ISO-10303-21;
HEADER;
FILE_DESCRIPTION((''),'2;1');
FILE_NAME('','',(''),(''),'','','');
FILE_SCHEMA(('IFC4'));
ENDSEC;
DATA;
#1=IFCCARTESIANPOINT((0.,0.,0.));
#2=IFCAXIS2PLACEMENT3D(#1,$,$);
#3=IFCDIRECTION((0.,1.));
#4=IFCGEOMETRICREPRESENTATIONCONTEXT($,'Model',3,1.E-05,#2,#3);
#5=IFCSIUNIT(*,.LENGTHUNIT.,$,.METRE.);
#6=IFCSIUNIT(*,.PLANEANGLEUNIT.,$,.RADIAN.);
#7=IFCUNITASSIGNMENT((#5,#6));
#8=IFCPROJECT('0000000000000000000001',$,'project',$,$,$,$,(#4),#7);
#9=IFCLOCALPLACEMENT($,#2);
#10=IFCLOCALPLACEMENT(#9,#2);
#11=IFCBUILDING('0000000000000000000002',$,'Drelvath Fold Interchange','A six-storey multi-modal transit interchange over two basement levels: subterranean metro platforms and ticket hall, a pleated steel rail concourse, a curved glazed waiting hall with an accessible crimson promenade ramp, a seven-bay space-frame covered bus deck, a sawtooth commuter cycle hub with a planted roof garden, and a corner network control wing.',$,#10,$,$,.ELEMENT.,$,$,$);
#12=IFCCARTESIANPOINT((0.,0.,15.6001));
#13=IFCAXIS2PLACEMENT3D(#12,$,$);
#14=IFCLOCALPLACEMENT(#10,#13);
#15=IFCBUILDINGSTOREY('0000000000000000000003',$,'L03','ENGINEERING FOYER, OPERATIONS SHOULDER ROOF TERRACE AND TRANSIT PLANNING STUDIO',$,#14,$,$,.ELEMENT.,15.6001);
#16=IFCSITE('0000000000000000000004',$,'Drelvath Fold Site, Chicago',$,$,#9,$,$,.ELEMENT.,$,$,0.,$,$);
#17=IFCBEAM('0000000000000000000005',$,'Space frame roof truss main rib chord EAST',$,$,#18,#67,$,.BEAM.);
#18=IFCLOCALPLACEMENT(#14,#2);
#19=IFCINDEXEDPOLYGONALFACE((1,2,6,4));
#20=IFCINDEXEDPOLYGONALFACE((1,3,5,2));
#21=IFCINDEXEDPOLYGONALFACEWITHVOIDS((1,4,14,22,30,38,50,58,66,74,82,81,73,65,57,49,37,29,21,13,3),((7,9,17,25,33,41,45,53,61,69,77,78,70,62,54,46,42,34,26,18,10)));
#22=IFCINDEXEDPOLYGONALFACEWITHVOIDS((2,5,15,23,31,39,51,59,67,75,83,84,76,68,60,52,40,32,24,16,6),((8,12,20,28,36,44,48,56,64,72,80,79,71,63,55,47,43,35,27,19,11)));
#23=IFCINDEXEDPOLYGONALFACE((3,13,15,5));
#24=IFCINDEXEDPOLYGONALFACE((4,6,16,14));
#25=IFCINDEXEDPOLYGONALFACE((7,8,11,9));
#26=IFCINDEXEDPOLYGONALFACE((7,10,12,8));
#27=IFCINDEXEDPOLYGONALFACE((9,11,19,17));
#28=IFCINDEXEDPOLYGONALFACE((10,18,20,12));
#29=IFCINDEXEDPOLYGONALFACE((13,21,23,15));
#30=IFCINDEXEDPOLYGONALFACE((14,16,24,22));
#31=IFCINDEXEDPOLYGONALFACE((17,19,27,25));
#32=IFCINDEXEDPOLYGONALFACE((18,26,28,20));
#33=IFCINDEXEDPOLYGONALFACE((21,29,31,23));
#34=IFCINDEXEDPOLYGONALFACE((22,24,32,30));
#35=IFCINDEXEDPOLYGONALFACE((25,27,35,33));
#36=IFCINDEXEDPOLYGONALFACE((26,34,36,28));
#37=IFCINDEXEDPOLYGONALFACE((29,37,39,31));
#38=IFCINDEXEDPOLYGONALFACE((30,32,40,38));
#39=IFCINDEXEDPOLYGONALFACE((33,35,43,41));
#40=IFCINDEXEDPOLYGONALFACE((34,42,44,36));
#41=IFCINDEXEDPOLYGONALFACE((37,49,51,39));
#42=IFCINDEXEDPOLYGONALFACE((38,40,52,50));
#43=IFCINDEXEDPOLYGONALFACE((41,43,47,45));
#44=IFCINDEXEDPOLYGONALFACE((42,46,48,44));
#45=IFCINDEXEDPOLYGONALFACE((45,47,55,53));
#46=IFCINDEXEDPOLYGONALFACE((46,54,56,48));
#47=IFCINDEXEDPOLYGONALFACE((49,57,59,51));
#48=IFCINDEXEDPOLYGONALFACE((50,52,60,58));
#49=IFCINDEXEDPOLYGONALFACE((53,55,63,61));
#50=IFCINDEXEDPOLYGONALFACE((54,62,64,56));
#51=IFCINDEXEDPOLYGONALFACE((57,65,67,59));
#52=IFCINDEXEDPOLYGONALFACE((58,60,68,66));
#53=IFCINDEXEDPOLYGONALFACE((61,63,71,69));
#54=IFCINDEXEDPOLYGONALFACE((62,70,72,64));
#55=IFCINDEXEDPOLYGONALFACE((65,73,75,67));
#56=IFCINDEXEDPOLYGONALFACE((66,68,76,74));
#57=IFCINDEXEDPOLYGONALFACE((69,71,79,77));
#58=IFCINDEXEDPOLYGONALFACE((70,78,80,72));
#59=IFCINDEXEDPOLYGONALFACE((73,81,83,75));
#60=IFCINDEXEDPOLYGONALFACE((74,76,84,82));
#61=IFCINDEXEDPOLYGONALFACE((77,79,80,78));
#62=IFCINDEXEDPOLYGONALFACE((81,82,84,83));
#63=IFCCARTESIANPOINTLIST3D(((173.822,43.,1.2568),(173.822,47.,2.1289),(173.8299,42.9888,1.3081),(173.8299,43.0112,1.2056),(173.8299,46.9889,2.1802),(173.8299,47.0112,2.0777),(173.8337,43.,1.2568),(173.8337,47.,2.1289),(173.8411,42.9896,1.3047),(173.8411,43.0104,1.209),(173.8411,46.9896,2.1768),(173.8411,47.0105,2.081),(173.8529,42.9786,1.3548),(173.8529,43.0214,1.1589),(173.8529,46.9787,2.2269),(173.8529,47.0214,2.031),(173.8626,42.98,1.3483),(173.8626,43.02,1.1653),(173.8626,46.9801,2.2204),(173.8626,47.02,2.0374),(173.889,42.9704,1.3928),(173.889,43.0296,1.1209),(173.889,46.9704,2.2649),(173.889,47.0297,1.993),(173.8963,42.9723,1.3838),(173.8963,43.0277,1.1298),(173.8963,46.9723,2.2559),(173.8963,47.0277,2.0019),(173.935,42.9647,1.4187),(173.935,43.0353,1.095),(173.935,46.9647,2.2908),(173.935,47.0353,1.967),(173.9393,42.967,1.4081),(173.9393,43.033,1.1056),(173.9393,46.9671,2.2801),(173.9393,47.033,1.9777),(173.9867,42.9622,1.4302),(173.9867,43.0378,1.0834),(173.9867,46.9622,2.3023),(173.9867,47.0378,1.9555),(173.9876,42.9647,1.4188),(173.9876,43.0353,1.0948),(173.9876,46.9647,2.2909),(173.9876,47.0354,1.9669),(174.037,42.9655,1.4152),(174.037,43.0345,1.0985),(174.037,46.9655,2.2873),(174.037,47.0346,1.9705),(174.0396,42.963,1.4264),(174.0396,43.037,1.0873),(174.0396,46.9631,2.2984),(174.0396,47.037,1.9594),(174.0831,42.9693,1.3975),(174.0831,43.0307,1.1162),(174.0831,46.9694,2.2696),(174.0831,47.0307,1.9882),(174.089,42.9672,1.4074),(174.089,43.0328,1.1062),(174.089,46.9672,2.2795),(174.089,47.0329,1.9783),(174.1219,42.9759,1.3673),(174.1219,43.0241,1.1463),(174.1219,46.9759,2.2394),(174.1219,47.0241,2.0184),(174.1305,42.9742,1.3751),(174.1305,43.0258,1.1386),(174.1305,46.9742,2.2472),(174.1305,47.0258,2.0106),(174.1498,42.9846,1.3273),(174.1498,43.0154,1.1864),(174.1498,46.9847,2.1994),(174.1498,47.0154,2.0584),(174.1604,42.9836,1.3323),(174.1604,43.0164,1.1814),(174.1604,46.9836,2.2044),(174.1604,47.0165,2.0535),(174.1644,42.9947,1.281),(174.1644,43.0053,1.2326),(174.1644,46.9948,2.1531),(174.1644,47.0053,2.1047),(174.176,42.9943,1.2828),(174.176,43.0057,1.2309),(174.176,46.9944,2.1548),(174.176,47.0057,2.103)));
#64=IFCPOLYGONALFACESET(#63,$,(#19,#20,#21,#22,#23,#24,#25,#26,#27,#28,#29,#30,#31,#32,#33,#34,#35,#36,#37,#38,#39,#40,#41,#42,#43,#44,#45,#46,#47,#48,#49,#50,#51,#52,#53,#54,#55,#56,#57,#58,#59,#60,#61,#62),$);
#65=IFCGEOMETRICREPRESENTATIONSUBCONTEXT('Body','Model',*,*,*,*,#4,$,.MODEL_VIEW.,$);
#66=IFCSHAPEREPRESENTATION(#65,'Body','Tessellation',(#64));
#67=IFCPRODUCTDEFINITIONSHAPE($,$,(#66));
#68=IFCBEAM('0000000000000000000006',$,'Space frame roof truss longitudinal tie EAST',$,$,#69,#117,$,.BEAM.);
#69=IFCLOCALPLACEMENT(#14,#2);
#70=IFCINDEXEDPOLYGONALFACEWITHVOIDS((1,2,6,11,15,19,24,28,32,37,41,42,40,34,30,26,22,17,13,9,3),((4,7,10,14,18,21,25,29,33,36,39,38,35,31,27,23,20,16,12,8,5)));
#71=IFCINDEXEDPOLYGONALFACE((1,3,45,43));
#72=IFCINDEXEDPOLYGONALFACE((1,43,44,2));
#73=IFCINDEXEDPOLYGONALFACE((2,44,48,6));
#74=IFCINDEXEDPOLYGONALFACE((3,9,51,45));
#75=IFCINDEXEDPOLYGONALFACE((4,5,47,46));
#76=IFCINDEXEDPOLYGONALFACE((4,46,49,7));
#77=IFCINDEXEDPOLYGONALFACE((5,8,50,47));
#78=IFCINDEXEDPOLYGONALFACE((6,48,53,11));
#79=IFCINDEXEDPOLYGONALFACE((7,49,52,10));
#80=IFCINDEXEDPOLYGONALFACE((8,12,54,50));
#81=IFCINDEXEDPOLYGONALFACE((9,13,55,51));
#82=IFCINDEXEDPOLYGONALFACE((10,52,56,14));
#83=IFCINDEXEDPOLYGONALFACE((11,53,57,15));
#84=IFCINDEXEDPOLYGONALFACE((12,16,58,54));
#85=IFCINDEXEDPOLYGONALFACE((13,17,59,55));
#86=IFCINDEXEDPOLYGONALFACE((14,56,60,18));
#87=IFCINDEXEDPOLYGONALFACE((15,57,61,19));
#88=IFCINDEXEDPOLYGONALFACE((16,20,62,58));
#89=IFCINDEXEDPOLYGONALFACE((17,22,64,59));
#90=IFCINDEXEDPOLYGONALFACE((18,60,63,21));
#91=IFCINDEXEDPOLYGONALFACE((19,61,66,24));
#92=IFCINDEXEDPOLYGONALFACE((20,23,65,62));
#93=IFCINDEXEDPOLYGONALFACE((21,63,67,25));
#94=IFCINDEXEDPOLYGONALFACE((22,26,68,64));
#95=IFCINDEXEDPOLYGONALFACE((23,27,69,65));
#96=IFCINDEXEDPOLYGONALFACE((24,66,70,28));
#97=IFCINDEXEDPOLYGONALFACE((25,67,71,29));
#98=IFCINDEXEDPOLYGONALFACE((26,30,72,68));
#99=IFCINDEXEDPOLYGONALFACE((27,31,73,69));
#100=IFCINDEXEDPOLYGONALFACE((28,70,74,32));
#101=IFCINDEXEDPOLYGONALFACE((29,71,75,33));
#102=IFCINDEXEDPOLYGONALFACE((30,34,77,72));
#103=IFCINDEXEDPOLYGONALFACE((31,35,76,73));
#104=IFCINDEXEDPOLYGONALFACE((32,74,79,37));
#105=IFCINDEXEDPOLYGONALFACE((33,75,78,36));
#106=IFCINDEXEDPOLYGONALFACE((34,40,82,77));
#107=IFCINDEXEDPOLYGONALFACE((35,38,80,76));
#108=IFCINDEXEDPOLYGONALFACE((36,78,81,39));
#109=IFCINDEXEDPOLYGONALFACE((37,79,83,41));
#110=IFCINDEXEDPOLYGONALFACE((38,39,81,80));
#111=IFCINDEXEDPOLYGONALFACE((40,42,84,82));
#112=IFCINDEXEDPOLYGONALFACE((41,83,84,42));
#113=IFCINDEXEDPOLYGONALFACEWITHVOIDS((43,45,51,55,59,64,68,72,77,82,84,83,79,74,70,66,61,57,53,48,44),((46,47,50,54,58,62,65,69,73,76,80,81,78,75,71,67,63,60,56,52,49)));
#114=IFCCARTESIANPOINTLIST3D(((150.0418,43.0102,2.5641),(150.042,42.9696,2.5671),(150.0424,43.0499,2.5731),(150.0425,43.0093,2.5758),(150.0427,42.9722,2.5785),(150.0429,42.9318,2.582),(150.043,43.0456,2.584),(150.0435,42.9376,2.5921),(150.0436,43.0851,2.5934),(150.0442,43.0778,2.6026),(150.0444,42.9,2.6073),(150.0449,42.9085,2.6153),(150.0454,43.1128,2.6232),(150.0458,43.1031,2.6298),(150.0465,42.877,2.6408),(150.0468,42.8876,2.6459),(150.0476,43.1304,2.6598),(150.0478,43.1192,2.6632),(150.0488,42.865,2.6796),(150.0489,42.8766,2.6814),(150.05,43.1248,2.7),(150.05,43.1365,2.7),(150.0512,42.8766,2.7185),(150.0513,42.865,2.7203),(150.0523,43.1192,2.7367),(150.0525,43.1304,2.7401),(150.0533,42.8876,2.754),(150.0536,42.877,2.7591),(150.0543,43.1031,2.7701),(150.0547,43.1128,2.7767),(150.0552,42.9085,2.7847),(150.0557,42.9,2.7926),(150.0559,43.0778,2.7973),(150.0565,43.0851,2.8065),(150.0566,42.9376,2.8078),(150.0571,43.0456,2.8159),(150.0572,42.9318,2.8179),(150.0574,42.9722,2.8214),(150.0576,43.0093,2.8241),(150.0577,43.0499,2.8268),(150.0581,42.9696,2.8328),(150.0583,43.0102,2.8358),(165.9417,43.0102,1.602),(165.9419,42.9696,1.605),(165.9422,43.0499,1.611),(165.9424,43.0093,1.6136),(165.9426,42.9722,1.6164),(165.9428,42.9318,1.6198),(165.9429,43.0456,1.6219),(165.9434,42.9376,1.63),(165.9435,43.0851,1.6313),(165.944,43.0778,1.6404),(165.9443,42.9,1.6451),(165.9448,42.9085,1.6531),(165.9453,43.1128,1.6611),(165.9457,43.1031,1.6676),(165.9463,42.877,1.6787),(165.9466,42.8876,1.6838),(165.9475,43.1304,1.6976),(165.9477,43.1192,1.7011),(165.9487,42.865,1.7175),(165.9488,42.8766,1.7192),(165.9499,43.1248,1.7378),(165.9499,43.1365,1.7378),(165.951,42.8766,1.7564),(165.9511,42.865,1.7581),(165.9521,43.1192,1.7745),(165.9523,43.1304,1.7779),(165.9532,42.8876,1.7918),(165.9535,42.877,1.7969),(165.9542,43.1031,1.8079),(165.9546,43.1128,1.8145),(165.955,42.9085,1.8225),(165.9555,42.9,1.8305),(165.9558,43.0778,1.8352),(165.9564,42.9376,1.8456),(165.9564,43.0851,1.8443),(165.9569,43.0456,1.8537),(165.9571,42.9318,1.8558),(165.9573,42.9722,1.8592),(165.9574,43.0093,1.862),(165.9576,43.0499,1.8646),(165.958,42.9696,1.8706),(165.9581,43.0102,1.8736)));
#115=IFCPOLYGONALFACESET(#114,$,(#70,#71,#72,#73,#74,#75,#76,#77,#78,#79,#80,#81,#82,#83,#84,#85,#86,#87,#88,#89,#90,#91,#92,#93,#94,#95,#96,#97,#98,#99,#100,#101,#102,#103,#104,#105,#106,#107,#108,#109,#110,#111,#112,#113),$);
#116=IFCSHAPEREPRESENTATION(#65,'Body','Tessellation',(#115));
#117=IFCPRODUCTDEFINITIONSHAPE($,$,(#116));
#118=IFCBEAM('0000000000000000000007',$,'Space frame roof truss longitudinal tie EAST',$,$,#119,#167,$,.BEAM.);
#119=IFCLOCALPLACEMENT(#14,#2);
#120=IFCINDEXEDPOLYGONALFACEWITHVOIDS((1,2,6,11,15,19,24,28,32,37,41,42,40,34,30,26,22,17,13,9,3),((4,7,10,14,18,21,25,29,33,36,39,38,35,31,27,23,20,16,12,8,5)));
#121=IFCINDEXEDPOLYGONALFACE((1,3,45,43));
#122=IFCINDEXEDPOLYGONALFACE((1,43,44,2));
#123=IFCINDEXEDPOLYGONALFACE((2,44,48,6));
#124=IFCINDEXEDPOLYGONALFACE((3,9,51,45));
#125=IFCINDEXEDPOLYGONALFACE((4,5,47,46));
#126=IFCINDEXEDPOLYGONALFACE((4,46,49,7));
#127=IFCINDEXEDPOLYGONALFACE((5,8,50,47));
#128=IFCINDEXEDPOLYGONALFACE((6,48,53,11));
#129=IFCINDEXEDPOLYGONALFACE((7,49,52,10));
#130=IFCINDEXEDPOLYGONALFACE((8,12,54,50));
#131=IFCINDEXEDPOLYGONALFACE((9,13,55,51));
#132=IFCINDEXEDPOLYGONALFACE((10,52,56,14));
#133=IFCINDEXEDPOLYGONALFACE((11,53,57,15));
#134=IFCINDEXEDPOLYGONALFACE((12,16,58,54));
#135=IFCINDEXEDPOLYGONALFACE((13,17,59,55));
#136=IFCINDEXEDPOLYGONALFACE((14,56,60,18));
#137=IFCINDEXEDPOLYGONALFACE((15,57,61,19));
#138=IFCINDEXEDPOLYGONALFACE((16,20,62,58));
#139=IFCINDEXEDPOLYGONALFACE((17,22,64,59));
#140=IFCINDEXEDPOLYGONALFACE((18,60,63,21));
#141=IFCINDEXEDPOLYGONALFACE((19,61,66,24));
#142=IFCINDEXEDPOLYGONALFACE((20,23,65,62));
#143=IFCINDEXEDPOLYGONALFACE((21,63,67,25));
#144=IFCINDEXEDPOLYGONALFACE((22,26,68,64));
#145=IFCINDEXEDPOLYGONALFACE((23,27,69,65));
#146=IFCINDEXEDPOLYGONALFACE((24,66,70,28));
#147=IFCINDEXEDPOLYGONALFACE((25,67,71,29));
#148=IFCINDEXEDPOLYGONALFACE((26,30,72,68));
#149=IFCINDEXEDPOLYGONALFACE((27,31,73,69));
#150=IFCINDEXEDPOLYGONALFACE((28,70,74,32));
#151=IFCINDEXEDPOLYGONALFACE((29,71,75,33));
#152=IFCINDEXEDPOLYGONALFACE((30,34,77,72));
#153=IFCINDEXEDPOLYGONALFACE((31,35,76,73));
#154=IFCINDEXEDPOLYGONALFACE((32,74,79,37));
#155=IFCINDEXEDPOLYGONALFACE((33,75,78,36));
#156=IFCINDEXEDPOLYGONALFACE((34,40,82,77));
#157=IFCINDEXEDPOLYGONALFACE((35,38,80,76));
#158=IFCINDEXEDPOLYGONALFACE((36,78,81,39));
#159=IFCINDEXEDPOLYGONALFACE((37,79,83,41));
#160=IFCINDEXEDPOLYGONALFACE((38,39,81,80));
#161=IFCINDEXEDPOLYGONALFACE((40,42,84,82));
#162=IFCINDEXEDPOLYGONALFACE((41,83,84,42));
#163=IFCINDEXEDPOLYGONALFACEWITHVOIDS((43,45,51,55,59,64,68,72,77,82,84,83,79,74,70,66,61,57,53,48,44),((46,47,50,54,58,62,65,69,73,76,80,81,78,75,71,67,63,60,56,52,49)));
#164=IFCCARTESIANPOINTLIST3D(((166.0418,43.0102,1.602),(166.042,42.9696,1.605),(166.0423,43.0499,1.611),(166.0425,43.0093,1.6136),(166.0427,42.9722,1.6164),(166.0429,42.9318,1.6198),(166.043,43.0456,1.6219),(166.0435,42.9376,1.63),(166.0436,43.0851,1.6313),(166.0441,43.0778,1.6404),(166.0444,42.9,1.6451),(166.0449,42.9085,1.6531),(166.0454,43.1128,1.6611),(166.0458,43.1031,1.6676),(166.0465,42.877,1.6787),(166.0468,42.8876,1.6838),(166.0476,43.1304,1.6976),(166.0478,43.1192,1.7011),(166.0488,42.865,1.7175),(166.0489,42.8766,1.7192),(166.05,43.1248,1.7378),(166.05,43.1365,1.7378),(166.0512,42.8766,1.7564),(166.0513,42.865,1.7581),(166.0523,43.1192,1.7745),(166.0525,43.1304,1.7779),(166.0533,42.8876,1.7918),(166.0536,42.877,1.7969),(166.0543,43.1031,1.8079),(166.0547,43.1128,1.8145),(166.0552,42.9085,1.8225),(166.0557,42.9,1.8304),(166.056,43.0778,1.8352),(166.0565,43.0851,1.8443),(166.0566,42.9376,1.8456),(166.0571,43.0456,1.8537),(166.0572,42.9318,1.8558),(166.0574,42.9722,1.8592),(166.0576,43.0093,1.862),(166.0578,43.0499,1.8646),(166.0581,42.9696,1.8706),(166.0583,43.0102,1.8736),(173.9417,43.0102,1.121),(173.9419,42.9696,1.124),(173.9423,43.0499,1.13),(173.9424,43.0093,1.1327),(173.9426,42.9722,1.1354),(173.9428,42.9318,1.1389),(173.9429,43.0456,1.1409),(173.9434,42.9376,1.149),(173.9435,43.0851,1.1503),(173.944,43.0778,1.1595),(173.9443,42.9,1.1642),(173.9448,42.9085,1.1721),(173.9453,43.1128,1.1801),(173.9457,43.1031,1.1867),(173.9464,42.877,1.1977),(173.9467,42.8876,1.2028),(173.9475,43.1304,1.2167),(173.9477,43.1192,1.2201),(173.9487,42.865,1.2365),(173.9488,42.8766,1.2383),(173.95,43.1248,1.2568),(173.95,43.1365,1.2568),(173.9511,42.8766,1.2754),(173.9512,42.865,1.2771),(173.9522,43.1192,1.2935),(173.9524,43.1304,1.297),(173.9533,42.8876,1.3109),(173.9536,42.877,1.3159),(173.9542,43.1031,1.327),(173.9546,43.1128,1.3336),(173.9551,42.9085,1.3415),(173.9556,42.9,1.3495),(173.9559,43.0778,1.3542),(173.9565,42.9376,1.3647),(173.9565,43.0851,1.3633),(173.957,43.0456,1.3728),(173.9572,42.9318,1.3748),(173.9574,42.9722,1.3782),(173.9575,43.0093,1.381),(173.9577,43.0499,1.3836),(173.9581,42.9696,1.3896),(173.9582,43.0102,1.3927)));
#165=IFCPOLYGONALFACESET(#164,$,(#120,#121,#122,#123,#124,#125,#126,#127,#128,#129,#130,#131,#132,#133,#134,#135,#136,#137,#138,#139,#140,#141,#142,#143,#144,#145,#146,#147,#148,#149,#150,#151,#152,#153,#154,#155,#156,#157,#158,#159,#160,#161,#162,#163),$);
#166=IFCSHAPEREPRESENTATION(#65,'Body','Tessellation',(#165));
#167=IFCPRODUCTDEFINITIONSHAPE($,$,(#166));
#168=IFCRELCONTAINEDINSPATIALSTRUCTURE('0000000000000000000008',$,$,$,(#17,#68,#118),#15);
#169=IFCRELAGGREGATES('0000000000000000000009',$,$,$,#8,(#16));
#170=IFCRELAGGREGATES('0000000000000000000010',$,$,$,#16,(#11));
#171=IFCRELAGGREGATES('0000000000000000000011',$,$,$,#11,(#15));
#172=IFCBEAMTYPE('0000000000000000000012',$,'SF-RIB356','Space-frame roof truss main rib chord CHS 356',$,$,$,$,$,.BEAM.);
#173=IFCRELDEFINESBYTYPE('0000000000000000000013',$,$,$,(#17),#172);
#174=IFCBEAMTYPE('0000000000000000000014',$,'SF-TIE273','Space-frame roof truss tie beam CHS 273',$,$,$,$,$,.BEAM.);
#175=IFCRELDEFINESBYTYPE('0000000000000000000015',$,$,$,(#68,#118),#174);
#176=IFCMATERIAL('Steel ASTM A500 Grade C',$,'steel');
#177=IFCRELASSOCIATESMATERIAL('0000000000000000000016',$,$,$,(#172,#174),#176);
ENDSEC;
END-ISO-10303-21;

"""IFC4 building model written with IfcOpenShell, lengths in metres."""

from ifc_helpers import new_model, si_unit, direction, frame, origin, origin_2d, place, context, subcontext, project, spatial, hollow_circle, extrude, material, material_profile, profile_set, type_object, element, save


model = new_model("IFC4")

# Units and contexts
model_context = context("Model", 3, precision=1e-05, world=origin(), true_north=direction((0.0, 1.0)))
body_context = subcontext(model_context, "Body", "Model", "MODEL_VIEW")
ifc_project = project(units=[si_unit("LENGTHUNIT", "METRE"), si_unit("PLANEANGLEUNIT", "RADIAN")], contexts=[model_context])

# Site, building, storey
site_placement = place(None, origin())
site = spatial("IfcSite", under=ifc_project, at=site_placement, Name="Drelvath Fold Site, Chicago", CompositionType="ELEMENT", RefElevation=0.0)
building_placement = place(site_placement, origin())
building = spatial("IfcBuilding", under=site, at=building_placement, Name="Drelvath Fold Interchange", Description="A six-storey multi-modal transit interchange over two basement levels: subterranean metro platforms and ticket hall, a pleated steel rail concourse, a curved glazed waiting hall with an accessible crimson promenade ramp, a seven-bay space-frame covered bus deck, a sawtooth commuter cycle hub with a planted roof garden, and a corner network control wing.", CompositionType="ELEMENT")
storey_placement = place(building_placement, frame((0.0, 0.0, 15.6001)))
storey = spatial("IfcBuildingStorey", under=building, at=storey_placement, Name="L03", Description="ENGINEERING FOYER, OPERATIONS SHOULDER ROOF TERRACE AND TRANSIT PLANNING STUDIO", CompositionType="ELEMENT", Elevation=15.6001)

# Shared definitions
ifc_material_1 = material(Name="Steel ASTM A500 Grade C", Category="steel")

# Beams
ifc_material_profile_1 = material_profile(ifc_material_1, hollow_circle(Radius=0.178, WallThickness=0.0117, at=origin_2d()), Name="HSS14.000X0.500")
ifc_profile_set_1 = profile_set([ifc_material_profile_1], Name="Steel ASTM A500 Grade C")
beam_type_1 = type_object("IfcBeamType", Name="SF-RIB356", Description="Space-frame roof truss main rib chord CHS 356", PredefinedType="BEAM", material=ifc_profile_set_1)
beam_1_placement = place(storey_placement, frame((174.0, 43.0, 1.2568), z_axis=(0.0, 0.977049, 0.213014), x_axis=(-1.0, 0.0, 0.0)))
element("IfcBeam", 1, at=beam_1_placement, inside=storey, type_object=beam_type_1, Name="Space frame roof truss main rib chord EAST", PredefinedType="BEAM", context=body_context, shape_type="SweptSolid", body=[
    extrude(hollow_circle(Radius=0.178, WallThickness=0.0117, at=origin_2d()), origin(), (0.0, 0.0, 1.0), 4.094),
])
ifc_material_profile_2 = material_profile(ifc_material_1, hollow_circle(Radius=0.1365, WallThickness=0.0117, at=origin_2d()), Name="HSS10.750X0.500")
ifc_profile_set_2 = profile_set([ifc_material_profile_2], Name="Steel ASTM A500 Grade C")
beam_type_2 = type_object("IfcBeamType", Name="SF-TIE273", Description="Space-frame roof truss tie beam CHS 273", PredefinedType="BEAM", material=ifc_profile_set_2)
beam_2_placement = place(storey_placement, frame((150.05, 43.0, 2.7), z_axis=(0.998174, 0.0, -0.060403), x_axis=(0.0, 1.0, 0.0)))
element("IfcBeam", 2, at=beam_2_placement, inside=storey, type_object=beam_type_2, Name="Space frame roof truss longitudinal tie EAST", PredefinedType="BEAM", context=body_context, shape_type="SweptSolid", body=[
    extrude(hollow_circle(Radius=0.1365, WallThickness=0.0117, at=origin_2d()), origin(), (0.0, 0.0, 1.0), 15.929),
])
beam_3_placement = place(storey_placement, frame((166.05, 43.0, 1.7378), z_axis=(0.998152, 0.0, -0.060769), x_axis=(0.0, 1.0, 0.0)))
element("IfcBeam", 3, at=beam_3_placement, inside=storey, type_object=beam_type_2, Name="Space frame roof truss longitudinal tie EAST", PredefinedType="BEAM", context=body_context, shape_type="SweptSolid", body=[
    extrude(hollow_circle(Radius=0.1365, WallThickness=0.0117, at=origin_2d()), origin(), (0.0, 0.0, 1.0), 7.9146),
])

save(model, "model.ifc")
